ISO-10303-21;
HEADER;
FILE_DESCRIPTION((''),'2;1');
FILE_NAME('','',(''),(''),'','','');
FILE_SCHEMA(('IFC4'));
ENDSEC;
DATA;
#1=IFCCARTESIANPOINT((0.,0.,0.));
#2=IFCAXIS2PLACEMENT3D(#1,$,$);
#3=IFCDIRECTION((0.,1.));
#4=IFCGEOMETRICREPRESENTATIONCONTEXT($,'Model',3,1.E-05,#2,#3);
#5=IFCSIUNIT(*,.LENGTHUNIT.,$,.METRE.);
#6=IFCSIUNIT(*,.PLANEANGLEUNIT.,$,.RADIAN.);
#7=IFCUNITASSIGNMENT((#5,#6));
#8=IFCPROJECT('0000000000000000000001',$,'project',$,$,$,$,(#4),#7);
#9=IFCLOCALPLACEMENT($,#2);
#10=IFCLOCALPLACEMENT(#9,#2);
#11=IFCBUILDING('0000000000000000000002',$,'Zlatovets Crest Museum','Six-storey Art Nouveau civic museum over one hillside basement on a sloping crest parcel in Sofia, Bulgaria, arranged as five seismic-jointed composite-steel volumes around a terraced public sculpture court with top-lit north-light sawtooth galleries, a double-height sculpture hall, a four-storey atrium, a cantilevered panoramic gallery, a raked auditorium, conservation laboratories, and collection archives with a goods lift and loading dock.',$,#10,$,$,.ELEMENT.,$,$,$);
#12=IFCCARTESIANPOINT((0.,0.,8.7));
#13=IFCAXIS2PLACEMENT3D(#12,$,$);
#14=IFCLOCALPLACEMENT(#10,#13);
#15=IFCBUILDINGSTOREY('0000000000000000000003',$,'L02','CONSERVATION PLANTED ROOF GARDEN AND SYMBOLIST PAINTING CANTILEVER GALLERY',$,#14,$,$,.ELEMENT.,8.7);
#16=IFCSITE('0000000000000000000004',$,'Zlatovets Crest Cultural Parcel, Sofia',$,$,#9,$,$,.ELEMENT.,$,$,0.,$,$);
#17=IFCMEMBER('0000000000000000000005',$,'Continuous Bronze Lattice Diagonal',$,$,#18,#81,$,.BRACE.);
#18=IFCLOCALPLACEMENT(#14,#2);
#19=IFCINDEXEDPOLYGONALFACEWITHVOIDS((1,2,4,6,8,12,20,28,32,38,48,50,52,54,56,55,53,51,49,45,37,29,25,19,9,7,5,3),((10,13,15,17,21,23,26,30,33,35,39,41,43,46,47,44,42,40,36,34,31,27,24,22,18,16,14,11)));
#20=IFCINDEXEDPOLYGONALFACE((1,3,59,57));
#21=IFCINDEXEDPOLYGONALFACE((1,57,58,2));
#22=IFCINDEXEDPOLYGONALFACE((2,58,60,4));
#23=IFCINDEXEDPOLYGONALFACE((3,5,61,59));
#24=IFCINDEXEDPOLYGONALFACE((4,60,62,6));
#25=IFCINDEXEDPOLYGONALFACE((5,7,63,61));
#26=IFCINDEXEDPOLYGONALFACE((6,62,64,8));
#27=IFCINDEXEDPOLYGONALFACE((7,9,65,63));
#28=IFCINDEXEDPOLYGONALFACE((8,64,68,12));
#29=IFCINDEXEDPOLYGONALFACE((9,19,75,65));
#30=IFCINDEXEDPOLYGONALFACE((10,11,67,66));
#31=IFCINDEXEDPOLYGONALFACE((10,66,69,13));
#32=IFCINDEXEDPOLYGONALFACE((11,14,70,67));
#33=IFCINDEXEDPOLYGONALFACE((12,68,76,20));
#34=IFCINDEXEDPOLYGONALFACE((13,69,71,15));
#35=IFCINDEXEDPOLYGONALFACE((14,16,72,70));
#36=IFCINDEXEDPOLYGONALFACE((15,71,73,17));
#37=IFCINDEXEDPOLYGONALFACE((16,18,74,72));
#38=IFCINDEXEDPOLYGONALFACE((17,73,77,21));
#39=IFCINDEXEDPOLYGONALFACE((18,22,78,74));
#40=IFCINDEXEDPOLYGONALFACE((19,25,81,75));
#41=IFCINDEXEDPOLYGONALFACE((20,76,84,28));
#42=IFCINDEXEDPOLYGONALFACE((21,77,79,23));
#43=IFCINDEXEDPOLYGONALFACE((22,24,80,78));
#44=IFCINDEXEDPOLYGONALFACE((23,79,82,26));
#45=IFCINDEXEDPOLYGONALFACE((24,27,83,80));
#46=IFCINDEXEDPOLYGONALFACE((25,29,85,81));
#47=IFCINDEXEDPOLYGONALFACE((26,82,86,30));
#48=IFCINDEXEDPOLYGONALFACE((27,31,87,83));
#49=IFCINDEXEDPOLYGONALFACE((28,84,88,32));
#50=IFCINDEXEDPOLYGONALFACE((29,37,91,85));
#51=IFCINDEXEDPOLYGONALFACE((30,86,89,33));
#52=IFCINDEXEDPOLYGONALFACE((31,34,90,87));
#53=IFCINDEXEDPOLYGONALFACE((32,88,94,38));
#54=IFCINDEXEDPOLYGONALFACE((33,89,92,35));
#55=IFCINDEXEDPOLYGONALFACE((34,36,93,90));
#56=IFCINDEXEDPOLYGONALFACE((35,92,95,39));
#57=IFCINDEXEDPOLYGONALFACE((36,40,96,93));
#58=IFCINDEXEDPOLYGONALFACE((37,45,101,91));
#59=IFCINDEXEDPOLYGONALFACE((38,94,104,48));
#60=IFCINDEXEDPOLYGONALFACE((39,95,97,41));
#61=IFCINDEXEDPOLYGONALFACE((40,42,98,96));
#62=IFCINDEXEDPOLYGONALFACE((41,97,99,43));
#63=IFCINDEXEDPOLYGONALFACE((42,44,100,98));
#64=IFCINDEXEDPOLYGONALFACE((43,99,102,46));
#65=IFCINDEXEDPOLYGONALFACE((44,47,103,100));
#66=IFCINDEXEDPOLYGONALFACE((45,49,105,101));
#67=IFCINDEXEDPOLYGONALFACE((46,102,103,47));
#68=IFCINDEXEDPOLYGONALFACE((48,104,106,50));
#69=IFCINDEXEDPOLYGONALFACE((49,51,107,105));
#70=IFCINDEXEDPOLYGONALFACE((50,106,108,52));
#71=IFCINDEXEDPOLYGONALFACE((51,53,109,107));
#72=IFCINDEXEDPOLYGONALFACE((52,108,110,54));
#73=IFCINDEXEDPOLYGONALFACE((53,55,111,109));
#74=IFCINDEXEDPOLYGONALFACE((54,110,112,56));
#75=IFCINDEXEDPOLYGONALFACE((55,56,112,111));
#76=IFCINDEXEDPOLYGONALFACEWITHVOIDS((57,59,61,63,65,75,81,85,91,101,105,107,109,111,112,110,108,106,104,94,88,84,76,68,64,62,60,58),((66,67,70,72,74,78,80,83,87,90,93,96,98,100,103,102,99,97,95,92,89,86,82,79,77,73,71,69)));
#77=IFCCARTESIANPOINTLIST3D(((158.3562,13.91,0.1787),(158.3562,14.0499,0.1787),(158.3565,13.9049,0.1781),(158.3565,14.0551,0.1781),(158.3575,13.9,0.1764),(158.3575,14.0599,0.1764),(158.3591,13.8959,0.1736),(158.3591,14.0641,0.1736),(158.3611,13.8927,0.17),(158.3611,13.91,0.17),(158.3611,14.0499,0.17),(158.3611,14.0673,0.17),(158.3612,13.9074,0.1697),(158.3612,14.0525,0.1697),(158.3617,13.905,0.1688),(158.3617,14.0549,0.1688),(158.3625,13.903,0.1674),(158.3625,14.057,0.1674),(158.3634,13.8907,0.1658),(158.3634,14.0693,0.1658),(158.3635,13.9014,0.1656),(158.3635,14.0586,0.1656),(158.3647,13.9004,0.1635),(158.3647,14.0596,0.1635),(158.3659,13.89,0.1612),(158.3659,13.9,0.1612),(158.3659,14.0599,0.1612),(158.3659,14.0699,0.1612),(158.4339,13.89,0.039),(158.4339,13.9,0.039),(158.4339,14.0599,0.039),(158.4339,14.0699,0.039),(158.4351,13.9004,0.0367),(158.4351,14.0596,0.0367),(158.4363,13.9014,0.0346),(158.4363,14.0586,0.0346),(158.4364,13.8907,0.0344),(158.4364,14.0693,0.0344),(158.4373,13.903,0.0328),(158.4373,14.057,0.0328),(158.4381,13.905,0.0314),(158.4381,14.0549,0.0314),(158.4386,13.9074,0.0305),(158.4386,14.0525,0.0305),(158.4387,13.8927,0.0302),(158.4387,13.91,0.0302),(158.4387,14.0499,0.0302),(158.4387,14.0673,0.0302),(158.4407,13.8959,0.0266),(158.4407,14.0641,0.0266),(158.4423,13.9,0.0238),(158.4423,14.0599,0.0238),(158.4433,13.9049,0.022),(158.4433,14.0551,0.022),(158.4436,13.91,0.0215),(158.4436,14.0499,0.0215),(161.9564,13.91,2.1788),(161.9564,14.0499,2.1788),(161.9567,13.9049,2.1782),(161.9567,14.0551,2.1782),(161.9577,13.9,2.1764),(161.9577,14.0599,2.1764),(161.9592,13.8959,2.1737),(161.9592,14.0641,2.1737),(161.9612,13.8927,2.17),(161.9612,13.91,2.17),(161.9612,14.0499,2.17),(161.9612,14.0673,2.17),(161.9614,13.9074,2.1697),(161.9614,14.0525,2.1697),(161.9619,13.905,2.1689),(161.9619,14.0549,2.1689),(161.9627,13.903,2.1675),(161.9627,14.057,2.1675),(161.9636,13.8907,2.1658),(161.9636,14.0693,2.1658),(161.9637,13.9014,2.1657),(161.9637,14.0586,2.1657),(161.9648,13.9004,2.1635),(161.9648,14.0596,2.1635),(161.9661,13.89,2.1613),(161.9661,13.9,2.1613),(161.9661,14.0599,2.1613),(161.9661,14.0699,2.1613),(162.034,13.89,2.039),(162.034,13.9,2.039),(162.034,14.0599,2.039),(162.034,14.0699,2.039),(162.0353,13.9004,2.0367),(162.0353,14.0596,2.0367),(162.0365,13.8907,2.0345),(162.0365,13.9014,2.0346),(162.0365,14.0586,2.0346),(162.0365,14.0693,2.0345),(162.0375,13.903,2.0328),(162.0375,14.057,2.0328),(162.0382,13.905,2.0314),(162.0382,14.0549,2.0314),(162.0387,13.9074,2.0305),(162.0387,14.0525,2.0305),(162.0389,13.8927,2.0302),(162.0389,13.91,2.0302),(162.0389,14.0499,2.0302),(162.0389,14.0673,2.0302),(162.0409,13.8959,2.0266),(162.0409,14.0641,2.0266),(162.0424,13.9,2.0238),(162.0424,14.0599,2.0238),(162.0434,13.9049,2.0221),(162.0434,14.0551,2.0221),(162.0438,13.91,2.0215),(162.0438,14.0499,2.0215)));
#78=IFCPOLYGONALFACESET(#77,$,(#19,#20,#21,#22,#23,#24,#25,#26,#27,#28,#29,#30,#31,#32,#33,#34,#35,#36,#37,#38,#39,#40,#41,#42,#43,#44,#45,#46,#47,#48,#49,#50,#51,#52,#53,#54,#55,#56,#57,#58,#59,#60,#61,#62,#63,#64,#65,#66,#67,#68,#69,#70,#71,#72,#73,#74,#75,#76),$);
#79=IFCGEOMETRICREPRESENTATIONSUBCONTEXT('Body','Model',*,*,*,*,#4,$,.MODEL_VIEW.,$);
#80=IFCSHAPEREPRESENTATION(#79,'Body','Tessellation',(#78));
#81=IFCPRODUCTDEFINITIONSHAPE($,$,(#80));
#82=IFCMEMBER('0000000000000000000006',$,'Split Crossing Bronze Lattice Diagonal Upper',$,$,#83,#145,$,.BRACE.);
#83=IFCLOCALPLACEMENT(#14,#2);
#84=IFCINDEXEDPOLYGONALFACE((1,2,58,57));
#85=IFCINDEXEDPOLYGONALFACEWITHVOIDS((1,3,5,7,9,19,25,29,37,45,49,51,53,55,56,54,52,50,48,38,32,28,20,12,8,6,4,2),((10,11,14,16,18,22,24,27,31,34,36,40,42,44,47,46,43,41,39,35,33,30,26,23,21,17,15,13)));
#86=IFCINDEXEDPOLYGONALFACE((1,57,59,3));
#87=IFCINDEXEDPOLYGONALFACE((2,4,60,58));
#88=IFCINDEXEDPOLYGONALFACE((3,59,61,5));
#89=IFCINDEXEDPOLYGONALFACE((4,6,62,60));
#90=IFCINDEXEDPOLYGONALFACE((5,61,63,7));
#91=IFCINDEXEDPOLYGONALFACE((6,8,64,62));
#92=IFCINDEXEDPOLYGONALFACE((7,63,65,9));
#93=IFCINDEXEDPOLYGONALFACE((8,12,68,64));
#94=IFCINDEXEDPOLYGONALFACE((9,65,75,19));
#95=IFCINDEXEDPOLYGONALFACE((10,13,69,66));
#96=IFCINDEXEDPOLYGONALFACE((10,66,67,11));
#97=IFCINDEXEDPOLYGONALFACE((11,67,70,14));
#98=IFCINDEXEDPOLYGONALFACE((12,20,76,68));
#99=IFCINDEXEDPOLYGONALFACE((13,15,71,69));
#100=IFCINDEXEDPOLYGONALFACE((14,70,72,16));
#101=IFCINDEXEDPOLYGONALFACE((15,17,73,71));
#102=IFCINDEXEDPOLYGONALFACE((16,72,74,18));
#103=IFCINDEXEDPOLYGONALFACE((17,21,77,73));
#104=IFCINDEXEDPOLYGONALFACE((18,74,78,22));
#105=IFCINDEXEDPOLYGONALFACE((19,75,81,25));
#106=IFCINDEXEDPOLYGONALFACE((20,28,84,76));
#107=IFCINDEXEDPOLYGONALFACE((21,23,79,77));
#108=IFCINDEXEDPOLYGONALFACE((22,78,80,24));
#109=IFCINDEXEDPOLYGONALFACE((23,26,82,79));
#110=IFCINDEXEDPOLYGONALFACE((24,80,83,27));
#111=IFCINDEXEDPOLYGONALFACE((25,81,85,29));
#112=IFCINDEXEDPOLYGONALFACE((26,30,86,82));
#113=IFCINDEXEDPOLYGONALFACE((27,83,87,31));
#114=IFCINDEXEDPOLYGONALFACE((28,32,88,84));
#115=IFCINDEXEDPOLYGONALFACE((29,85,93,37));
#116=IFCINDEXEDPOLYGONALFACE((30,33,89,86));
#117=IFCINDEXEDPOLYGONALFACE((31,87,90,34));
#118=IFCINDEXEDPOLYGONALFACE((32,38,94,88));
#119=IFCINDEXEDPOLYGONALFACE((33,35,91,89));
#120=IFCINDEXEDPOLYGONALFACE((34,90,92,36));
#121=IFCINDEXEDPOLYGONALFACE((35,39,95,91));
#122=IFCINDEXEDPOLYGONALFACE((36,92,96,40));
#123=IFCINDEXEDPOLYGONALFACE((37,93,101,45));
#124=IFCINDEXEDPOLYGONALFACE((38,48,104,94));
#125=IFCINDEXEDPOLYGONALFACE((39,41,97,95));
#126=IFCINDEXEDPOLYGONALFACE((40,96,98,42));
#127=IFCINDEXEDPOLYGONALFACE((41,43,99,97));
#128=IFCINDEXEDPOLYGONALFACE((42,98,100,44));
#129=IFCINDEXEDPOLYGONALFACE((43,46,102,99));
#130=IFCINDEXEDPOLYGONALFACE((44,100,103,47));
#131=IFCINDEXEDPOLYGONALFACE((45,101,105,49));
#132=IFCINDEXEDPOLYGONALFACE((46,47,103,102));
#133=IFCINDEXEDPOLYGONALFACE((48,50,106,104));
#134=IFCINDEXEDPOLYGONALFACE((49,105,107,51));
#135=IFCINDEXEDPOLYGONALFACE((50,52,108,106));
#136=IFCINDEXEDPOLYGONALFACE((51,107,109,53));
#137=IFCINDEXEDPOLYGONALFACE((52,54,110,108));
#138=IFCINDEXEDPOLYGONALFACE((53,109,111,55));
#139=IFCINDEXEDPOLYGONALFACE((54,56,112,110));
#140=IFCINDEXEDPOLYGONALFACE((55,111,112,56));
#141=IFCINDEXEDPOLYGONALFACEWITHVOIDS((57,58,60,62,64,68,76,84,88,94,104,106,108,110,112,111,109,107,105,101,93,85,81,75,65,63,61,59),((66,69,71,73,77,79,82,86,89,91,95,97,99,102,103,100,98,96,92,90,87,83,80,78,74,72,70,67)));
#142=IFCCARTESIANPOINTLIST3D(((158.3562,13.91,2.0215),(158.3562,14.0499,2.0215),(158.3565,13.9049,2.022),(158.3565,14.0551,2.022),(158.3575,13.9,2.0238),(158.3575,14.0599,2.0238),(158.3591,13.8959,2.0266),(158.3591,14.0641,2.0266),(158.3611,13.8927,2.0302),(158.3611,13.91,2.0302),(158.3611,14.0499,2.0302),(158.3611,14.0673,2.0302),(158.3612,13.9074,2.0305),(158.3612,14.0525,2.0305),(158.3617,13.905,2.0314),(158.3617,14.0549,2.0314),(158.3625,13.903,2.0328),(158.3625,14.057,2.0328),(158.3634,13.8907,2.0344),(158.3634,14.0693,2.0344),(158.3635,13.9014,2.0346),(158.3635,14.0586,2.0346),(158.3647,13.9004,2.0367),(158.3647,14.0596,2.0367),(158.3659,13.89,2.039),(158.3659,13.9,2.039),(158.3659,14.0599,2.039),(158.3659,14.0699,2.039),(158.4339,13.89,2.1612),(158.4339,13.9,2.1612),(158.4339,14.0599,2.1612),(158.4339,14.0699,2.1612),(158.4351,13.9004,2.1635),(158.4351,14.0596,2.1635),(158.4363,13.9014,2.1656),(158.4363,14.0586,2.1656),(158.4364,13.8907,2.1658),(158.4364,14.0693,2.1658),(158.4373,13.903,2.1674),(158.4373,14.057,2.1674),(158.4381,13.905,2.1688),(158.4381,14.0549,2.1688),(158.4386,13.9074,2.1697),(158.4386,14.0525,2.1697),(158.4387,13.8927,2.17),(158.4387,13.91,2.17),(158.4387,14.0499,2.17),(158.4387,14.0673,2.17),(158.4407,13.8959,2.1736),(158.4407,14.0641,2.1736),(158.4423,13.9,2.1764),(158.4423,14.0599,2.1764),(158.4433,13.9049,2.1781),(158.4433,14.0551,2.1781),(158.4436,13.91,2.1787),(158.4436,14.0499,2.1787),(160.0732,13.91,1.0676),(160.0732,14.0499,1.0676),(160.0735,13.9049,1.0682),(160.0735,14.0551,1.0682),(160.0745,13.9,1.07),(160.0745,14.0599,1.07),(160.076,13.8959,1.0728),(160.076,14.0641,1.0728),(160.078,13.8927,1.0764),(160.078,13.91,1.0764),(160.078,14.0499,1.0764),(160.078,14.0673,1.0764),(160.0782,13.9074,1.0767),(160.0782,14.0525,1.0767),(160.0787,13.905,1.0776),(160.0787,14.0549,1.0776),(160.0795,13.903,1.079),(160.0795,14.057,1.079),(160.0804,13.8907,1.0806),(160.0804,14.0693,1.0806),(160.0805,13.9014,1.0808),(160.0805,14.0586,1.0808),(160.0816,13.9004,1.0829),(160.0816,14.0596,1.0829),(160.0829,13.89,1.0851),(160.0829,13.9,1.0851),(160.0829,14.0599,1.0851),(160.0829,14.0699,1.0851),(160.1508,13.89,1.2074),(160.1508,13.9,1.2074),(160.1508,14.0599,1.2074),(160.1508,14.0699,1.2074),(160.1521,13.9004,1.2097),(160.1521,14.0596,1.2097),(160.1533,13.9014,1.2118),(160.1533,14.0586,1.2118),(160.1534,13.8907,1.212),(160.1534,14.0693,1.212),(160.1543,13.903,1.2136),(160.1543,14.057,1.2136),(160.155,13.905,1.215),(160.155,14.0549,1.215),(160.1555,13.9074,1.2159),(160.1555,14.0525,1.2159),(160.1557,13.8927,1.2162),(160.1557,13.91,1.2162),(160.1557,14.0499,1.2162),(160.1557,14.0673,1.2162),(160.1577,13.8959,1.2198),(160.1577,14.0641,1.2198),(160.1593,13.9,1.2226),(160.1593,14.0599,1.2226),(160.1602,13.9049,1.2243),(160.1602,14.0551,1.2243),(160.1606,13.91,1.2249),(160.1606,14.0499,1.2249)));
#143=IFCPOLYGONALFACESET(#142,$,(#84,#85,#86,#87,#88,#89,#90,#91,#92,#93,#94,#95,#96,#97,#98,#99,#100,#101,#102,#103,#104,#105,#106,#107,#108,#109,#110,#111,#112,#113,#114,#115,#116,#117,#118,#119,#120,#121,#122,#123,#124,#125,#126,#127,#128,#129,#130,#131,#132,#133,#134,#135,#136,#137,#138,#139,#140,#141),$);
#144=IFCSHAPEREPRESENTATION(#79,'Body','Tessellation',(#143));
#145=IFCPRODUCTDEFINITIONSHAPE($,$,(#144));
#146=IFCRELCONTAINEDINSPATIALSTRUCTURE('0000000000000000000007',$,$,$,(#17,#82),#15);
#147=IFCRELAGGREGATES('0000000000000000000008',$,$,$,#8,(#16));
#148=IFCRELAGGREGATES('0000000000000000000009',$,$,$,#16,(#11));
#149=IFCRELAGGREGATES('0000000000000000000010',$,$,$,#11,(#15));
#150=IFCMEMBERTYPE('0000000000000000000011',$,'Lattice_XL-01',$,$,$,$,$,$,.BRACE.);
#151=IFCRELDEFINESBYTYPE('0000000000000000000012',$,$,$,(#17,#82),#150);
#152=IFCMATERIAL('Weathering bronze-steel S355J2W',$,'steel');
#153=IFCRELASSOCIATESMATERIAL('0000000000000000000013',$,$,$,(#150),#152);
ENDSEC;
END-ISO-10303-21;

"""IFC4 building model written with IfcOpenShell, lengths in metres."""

from ifc_helpers import new_model, si_unit, direction, frame, origin, origin_2d, place, context, subcontext, project, spatial, hollow_rectangle, extrude, material, material_profile, profile_set, type_object, element, save


model = new_model("IFC4")

# Units and contexts
model_context = context("Model", 3, precision=1e-05, world=origin(), true_north=direction((0.0, 1.0)))
body_context = subcontext(model_context, "Body", "Model", "MODEL_VIEW")
ifc_project = project(units=[si_unit("LENGTHUNIT", "METRE"), si_unit("PLANEANGLEUNIT", "RADIAN")], contexts=[model_context])

# Site, building, storey
site_placement = place(None, origin())
site = spatial("IfcSite", under=ifc_project, at=site_placement, Name="Zlatovets Crest Cultural Parcel, Sofia", CompositionType="ELEMENT", RefElevation=0.0)
building_placement = place(site_placement, origin())
building = spatial("IfcBuilding", under=site, at=building_placement, Name="Zlatovets Crest Museum", Description="Six-storey Art Nouveau civic museum over one hillside basement on a sloping crest parcel in Sofia, Bulgaria, arranged as five seismic-jointed composite-steel volumes around a terraced public sculpture court with top-lit north-light sawtooth galleries, a double-height sculpture hall, a four-storey atrium, a cantilevered panoramic gallery, a raked auditorium, conservation laboratories, and collection archives with a goods lift and loading dock.", CompositionType="ELEMENT")
storey_placement = place(building_placement, frame((0.0, 0.0, 8.7)))
storey = spatial("IfcBuildingStorey", under=building, at=storey_placement, Name="L02", Description="CONSERVATION PLANTED ROOF GARDEN AND SYMBOLIST PAINTING CANTILEVER GALLERY", CompositionType="ELEMENT", Elevation=8.7)

# Members
ifc_material_1 = material(Name="Weathering bronze-steel S355J2W", Category="steel")
ifc_material_profile_1 = material_profile(ifc_material_1, hollow_rectangle(XDim=0.1799, YDim=0.1799, WallThickness=0.01, InnerFilletRadius=0.01, OuterFilletRadius=0.02, at=origin_2d()), Name="SHS 180x180x10.0")
ifc_profile_set_1 = profile_set([ifc_material_profile_1], Name="Weathering bronze-steel S355J2W")
member_type_1 = type_object("IfcMemberType", Name="Lattice_XL-01", PredefinedType="BRACE", material=ifc_profile_set_1)
member_1_placement = place(storey_placement, frame((158.3999, 13.98, 0.1001), z_axis=(0.874163, 0.0, 0.485633), x_axis=(0.0, 1.0, 0.0)))
element("IfcMember", 1, at=member_1_placement, inside=storey, type_object=member_type_1, Name="Continuous Bronze Lattice Diagonal", PredefinedType="BRACE", context=body_context, shape_type="SweptSolid", body=[
    extrude(hollow_rectangle(XDim=0.1799, YDim=0.1799, WallThickness=0.01, InnerFilletRadius=0.01, OuterFilletRadius=0.02, at=origin_2d()), origin(), (0.0, 0.0, 1.0), 4.1184),
])
for number, where, z_axis, x_axis, name in (
    (2, (158.3999, 13.98, 2.1001), (0.874169, 0.0, -0.485622), (0.0, 1.0, 0.0), "Split Crossing Bronze Lattice Diagonal Upper"),
):
    element("IfcMember", number, at=place(storey_placement, frame(where, z_axis=z_axis, x_axis=x_axis)), inside=storey, type_object=member_type_1, Name=name, PredefinedType="BRACE", context=body_context, shape_type="SweptSolid", body=[
        extrude(hollow_rectangle(XDim=0.1799, YDim=0.1799, WallThickness=0.01, InnerFilletRadius=0.01, OuterFilletRadius=0.02, at=origin_2d()), origin(), (0.0, 0.0, 1.0), 1.9641),
    ])

save(model, "model.ifc")
